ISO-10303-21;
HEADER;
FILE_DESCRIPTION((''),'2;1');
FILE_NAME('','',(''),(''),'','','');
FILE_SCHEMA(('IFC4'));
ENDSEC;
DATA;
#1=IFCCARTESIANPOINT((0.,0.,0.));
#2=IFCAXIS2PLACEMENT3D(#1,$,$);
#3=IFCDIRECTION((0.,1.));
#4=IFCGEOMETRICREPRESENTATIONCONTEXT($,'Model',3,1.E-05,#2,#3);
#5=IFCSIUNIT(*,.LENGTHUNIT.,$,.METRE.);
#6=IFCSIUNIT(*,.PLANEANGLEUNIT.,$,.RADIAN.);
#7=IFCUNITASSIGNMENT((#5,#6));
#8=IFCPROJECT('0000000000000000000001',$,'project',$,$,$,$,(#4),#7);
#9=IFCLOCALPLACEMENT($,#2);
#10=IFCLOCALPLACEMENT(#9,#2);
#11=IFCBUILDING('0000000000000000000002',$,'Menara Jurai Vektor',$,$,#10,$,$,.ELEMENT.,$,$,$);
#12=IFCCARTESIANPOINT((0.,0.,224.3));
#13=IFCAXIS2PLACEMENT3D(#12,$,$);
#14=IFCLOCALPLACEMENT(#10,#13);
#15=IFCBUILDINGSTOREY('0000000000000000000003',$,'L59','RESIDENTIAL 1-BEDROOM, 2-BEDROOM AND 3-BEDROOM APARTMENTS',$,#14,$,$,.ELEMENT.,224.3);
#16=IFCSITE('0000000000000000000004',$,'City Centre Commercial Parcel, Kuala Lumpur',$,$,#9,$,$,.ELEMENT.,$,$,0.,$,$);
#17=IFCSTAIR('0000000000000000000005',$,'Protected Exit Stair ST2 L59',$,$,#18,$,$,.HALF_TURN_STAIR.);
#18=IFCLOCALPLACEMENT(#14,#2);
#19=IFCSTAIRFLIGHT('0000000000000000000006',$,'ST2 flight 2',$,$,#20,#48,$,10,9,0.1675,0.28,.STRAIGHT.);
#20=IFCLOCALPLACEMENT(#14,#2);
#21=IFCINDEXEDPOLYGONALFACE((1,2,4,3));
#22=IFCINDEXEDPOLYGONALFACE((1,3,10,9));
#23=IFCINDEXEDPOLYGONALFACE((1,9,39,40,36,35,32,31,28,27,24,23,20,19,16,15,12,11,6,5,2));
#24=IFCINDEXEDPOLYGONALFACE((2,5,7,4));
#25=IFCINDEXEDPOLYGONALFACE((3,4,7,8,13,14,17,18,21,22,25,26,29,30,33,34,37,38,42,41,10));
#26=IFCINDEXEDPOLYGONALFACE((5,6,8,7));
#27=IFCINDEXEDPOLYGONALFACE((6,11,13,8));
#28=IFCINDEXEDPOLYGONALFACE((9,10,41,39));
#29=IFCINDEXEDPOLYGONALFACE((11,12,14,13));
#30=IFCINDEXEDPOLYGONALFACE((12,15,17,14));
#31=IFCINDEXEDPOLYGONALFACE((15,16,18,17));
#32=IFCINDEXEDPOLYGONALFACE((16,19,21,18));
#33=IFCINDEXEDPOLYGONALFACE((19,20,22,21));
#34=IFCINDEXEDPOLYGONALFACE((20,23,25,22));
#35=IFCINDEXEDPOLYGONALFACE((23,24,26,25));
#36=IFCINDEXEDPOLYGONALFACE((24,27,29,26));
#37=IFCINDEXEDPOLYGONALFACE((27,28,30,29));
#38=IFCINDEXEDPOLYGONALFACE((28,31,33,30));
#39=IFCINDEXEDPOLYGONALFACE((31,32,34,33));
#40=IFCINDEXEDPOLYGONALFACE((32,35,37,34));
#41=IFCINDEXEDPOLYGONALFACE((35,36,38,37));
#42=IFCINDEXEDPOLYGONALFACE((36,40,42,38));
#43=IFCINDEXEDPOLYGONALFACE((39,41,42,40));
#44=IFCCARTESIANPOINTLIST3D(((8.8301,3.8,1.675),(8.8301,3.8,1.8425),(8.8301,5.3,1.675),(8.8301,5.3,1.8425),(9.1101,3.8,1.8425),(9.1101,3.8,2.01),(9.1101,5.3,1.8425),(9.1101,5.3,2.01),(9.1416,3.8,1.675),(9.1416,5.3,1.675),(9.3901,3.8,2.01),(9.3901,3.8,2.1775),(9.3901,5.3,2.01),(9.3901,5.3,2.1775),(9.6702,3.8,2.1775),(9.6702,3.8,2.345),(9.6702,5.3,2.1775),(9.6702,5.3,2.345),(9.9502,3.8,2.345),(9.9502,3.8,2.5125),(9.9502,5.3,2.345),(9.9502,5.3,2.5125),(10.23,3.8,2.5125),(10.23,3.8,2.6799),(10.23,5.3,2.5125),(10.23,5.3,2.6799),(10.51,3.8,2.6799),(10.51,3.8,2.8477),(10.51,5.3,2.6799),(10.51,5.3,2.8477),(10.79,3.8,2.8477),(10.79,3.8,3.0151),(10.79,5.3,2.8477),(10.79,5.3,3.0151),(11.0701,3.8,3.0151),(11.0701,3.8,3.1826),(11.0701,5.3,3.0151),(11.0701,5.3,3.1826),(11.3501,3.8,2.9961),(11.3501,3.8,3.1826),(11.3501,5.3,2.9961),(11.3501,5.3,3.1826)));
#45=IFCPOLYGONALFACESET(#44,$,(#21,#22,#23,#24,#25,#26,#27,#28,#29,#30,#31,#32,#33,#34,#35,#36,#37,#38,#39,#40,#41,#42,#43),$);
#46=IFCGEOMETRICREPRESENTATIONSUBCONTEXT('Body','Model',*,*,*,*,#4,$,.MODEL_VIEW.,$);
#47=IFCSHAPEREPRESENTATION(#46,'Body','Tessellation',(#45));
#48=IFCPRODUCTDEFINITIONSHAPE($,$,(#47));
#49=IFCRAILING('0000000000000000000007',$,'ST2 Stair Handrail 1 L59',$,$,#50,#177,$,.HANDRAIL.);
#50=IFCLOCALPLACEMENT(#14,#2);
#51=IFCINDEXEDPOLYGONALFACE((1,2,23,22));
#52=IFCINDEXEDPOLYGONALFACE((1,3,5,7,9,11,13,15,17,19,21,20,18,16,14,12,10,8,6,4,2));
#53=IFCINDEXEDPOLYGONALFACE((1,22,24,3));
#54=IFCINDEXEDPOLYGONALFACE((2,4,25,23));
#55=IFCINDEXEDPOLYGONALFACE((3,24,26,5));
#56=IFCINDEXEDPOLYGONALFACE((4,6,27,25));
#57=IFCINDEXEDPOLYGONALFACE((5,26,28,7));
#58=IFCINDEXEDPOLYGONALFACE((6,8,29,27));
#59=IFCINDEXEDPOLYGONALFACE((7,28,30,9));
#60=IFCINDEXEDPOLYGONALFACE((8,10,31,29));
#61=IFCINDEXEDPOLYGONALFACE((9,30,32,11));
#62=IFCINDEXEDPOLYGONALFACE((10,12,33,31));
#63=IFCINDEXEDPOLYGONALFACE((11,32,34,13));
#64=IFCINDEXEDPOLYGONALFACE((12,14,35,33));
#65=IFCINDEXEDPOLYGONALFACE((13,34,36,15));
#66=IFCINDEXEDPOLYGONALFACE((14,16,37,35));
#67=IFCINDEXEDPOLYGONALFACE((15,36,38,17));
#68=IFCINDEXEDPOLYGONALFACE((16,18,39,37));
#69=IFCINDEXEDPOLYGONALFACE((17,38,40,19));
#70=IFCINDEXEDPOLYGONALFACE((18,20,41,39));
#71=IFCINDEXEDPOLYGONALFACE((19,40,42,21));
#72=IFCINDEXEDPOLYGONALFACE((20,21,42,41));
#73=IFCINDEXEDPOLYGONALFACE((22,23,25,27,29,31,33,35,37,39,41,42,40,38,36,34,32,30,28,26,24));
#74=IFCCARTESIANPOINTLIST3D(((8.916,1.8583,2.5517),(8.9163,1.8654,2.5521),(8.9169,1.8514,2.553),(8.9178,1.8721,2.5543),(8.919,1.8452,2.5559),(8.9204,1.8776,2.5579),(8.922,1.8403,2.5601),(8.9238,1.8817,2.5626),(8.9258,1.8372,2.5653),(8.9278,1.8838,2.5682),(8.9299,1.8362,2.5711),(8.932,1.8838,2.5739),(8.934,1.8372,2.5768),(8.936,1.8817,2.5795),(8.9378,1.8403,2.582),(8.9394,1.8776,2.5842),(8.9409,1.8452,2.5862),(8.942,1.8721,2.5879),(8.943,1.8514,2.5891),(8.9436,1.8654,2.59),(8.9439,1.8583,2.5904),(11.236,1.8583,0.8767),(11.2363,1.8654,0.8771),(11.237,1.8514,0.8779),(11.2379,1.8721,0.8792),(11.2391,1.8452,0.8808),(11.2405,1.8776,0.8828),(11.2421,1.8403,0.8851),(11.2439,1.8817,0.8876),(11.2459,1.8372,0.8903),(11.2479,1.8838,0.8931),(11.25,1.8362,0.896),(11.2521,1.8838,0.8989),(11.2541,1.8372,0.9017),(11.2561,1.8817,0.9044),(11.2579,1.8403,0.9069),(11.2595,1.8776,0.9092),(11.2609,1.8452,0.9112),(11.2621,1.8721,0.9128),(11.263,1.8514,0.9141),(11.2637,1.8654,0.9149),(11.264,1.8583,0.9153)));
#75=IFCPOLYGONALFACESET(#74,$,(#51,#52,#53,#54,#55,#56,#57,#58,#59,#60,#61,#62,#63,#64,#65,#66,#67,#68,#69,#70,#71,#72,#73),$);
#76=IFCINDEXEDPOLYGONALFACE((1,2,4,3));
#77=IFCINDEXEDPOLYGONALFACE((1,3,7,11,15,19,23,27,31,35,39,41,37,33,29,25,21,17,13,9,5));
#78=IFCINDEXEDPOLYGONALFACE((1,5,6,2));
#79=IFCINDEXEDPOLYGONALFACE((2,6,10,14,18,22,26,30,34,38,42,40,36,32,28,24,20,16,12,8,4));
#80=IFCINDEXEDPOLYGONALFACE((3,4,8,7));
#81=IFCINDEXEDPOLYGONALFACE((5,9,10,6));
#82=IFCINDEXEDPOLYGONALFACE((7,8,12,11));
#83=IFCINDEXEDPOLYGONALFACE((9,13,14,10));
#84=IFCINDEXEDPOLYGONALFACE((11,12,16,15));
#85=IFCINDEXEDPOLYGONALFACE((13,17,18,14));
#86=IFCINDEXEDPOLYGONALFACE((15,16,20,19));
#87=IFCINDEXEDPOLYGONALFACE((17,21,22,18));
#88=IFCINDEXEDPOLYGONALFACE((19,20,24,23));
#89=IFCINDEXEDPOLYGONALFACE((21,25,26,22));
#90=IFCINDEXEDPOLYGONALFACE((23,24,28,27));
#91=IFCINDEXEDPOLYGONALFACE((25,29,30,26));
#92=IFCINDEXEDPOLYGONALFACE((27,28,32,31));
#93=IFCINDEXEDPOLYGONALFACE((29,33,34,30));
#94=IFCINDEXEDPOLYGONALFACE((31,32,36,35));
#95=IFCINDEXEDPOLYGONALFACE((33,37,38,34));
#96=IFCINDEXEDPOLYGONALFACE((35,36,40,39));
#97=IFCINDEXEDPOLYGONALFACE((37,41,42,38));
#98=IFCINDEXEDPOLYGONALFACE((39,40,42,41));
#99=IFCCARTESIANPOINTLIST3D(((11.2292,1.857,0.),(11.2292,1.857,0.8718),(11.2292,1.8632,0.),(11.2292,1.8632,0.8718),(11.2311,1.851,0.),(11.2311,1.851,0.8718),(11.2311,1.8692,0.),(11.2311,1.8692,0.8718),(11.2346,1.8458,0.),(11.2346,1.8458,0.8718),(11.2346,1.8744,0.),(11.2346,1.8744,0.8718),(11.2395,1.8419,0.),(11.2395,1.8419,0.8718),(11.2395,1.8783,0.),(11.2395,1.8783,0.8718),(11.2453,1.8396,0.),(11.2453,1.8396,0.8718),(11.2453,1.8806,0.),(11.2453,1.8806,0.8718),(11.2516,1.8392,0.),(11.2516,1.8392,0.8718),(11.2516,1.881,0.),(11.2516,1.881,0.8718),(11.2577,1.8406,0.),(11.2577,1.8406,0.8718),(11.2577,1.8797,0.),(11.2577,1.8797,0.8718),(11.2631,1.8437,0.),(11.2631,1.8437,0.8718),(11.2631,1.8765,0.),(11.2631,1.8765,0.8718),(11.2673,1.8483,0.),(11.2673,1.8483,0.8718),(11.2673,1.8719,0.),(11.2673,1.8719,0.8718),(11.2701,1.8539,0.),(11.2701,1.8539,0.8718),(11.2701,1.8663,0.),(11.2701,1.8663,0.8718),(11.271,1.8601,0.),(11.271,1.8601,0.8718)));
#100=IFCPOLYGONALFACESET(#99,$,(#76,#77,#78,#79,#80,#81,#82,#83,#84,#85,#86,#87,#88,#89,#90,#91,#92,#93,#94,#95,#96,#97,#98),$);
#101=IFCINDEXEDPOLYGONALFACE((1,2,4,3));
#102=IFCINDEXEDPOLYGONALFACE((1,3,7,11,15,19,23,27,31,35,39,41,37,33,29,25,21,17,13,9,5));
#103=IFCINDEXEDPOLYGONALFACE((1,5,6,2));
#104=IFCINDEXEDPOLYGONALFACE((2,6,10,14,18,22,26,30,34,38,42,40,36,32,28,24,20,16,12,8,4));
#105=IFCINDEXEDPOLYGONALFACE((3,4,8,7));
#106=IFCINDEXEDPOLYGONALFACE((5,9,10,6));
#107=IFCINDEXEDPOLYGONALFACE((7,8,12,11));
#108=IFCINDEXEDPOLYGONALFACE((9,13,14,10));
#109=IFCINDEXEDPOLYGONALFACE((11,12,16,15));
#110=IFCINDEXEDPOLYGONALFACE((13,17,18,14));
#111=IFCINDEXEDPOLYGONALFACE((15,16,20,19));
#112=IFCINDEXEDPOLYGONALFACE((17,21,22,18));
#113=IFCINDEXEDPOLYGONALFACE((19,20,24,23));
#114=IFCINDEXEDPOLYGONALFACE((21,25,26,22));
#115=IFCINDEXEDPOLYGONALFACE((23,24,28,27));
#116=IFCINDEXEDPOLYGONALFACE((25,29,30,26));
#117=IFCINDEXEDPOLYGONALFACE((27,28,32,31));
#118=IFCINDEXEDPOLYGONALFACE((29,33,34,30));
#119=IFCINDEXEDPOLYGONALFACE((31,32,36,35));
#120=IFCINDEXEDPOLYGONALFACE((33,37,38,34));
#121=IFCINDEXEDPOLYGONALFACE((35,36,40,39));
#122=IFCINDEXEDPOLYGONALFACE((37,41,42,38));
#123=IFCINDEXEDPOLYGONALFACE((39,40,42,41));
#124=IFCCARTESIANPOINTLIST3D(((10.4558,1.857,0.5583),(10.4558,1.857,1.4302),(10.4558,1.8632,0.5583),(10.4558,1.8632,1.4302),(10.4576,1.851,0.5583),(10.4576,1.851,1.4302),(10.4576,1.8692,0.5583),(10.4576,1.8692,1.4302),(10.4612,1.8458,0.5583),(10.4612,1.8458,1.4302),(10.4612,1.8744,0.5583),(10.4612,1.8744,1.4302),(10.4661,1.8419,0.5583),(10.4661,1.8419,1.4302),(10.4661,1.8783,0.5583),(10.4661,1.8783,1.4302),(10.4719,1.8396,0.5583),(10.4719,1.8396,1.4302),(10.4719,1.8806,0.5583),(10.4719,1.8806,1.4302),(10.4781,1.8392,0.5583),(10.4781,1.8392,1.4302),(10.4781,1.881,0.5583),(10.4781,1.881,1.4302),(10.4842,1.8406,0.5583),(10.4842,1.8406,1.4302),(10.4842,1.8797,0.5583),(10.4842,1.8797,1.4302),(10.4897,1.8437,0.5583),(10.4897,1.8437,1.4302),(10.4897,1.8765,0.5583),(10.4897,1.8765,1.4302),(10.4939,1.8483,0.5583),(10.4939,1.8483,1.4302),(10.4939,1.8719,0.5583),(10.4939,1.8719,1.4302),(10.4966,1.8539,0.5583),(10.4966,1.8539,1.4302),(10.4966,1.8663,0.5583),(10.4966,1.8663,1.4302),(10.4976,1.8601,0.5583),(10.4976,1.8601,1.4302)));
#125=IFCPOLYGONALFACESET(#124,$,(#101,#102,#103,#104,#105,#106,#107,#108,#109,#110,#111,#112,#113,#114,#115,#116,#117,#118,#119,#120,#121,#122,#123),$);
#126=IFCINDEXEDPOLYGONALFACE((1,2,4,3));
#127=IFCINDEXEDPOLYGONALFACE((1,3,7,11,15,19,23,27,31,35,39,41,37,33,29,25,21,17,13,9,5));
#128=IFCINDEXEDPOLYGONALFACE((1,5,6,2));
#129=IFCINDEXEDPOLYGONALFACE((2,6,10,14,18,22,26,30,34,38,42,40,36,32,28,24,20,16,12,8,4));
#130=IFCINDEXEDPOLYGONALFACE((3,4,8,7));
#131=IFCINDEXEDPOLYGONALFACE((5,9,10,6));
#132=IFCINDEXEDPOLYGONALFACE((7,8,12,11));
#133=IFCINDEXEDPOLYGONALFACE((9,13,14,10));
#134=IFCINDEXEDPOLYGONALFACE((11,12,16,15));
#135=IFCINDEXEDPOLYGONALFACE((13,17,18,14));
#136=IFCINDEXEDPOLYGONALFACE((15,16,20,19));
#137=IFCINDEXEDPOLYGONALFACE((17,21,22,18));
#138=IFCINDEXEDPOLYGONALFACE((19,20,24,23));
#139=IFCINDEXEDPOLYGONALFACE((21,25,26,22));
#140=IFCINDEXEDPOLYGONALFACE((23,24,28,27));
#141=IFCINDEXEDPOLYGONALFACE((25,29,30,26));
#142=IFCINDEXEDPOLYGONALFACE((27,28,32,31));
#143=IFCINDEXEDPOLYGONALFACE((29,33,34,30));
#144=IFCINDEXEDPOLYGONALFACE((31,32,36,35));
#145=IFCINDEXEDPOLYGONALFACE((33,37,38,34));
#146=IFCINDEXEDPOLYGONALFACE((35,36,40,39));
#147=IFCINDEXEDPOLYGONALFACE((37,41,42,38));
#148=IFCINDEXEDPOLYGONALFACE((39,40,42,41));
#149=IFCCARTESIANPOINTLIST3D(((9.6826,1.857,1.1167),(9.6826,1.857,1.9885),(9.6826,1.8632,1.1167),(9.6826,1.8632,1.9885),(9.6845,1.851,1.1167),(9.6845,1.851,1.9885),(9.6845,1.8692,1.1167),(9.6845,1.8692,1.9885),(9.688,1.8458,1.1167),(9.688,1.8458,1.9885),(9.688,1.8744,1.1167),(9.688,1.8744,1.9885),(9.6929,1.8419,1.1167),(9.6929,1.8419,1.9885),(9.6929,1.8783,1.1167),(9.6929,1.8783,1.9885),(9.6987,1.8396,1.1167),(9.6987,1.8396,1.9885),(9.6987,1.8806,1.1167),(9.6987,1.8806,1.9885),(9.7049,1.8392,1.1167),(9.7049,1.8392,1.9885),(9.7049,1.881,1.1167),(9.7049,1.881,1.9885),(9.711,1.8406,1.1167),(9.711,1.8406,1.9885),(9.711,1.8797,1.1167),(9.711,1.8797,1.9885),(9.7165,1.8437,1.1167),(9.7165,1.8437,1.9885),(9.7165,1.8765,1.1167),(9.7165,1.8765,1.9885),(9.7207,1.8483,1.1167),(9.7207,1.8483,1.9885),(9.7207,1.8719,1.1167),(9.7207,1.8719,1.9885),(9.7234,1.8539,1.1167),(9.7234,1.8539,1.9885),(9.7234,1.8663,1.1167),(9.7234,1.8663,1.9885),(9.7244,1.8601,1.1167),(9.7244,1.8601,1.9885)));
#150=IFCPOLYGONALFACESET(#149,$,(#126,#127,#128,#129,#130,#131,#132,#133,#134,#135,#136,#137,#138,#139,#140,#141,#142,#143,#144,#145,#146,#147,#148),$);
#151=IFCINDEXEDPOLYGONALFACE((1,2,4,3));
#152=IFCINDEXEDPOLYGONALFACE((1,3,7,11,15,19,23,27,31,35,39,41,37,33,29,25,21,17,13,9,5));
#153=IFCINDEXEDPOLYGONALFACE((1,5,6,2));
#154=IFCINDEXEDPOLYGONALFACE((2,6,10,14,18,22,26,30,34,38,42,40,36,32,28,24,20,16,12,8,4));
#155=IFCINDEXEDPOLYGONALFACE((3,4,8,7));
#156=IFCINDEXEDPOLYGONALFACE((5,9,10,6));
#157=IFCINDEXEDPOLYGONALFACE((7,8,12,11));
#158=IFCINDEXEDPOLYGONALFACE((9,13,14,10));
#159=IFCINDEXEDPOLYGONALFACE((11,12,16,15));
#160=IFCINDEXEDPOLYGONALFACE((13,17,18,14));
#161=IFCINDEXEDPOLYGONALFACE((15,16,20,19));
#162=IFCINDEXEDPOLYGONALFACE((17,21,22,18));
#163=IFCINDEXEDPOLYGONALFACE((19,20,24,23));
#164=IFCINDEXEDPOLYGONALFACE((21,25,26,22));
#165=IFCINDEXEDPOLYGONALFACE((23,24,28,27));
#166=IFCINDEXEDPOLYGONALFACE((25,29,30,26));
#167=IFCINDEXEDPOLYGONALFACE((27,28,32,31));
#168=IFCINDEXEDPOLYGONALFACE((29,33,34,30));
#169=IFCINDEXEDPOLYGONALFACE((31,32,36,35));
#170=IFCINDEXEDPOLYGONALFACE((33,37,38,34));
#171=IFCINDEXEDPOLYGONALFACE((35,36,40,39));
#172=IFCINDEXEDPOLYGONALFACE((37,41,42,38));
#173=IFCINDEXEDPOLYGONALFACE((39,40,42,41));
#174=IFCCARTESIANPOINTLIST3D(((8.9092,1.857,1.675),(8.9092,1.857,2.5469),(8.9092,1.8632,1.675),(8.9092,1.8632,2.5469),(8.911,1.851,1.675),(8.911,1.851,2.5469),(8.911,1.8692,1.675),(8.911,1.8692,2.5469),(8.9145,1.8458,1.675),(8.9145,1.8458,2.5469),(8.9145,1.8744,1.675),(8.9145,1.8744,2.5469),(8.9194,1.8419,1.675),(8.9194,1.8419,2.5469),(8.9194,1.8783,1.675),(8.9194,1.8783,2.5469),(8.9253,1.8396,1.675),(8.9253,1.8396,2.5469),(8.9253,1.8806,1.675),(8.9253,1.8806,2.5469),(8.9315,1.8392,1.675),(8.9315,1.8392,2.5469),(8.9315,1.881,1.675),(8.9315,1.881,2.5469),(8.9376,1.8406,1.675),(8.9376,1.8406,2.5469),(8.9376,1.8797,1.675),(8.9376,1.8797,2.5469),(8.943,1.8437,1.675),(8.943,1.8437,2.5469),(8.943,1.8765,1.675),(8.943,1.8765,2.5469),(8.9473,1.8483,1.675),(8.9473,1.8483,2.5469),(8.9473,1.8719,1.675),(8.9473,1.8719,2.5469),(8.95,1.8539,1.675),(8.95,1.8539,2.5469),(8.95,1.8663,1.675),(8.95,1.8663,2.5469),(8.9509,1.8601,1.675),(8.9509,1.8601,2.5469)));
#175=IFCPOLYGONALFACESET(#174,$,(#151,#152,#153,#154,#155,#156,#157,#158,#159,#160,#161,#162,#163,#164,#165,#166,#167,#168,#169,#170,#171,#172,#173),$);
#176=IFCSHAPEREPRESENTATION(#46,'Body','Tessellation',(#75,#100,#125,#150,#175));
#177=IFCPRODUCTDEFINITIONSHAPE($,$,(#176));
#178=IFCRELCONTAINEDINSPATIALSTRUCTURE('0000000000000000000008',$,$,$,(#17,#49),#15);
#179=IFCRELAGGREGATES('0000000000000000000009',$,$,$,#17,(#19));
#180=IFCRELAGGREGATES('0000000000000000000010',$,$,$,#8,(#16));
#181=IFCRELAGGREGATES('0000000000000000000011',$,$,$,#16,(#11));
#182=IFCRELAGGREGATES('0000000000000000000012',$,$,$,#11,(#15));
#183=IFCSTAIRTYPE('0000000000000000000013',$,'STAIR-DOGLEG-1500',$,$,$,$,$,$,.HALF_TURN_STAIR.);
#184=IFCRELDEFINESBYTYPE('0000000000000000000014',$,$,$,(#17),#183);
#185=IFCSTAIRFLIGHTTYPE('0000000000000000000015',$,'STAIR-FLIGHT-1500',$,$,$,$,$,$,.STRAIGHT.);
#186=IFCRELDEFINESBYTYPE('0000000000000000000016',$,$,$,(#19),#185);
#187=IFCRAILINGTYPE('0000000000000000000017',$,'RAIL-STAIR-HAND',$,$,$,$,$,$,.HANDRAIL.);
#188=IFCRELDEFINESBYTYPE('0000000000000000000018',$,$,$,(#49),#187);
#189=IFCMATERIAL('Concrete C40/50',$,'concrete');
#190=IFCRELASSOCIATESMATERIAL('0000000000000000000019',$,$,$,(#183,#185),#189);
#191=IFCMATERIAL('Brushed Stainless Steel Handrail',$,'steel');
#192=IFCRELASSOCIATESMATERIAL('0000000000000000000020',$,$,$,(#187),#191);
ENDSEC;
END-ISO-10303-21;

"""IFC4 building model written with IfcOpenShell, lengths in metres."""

from ifc_helpers import new_model, si_unit, direction, frame, origin, origin_2d, place, context, subcontext, project, spatial, polyline, circle, outline, extrude, material, type_object, element, aggregate, save


model = new_model("IFC4")

# Units and contexts
model_context = context("Model", 3, precision=1e-05, world=origin(), true_north=direction((0.0, 1.0)))
body_context = subcontext(model_context, "Body", "Model", "MODEL_VIEW")
ifc_project = project(units=[si_unit("LENGTHUNIT", "METRE"), si_unit("PLANEANGLEUNIT", "RADIAN")], contexts=[model_context])

# Site, building, storey
site_placement = place(None, origin())
site = spatial("IfcSite", under=ifc_project, at=site_placement, Name="City Centre Commercial Parcel, Kuala Lumpur", CompositionType="ELEMENT", RefElevation=0.0)
building_placement = place(site_placement, origin())
building = spatial("IfcBuilding", under=site, at=building_placement, Name="Menara Jurai Vektor", CompositionType="ELEMENT")
storey_placement = place(building_placement, frame((0.0, 0.0, 224.3)))
storey = spatial("IfcBuildingStorey", under=building, at=storey_placement, Name="L59", Description="RESIDENTIAL 1-BEDROOM, 2-BEDROOM AND 3-BEDROOM APARTMENTS", CompositionType="ELEMENT", Elevation=224.3)

# Shared definitions
ifc_material_1 = material(Name="Concrete C40/50", Category="concrete")

# Stair, stair flight
stair_type = type_object("IfcStairType", Name="STAIR-DOGLEG-1500", PredefinedType="HALF_TURN_STAIR", material=ifc_material_1)
stair_placement = place(storey_placement, origin())
stair = element("IfcStair", 1, at=stair_placement, inside=storey, type_object=stair_type, Name="Protected Exit Stair ST2 L59", PredefinedType="HALF_TURN_STAIR")
stair_flight_type = type_object("IfcStairFlightType", Name="STAIR-FLIGHT-1500", PredefinedType="STRAIGHT", material=ifc_material_1)
stair_flight_1_placement = place(storey_placement, frame((8.8301, 4.55, 1.675), z_axis=(0.0, 0.0, 1.0), x_axis=(1.0, 0.0, 0.0)))
stair_flight_1 = element("IfcStairFlight", 2, at=stair_flight_1_placement, type_object=stair_flight_type, Name="ST2 flight 2", NumberOfRisers=10, NumberOfTreads=9, PredefinedType="STRAIGHT", RiserHeight=0.1675, TreadLength=0.28, context=body_context, shape_type="SweptSolid", body=[
    extrude(outline(polyline([(0.0, 0.0), (0.0, 0.1675), (0.28, 0.1675), (0.28, 0.335), (0.5601, 0.335), (0.5601, 0.5024), (0.8401, 0.5024), (0.8401, 0.6699), (1.1201, 0.6699), (1.1201, 0.8374), (1.3999, 0.8374), (1.3999, 1.0049), (1.6799, 1.0049), (1.6799, 1.1726), (1.96, 1.1726), (1.96, 1.3401), (2.24, 1.3401), (2.24, 1.5076), (2.52, 1.5076), (2.52, 1.675), (2.52, 1.321), (0.3115, 0.0), (0.0, 0.0)])), frame((0.0, 0.75, 0.0), z_axis=(0.0, -1.0, 0.0), x_axis=(1.0, 0.0, 0.0)), (0.0, 0.0, 1.0), 1.5),
])
aggregate(stair, [stair_flight_1])

# Railing
ifc_material_2 = material(Name="Brushed Stainless Steel Handrail", Category="steel")
railing_type_1 = type_object("IfcRailingType", Name="RAIL-STAIR-HAND", PredefinedType="HANDRAIL", material=ifc_material_2)
railing_1_placement = place(storey_placement, frame((11.25, 1.8601, 0.0)))
element("IfcRailing", 3, at=railing_1_placement, inside=storey, type_object=railing_type_1, Name="ST2 Stair Handrail 1 L59", PredefinedType="HANDRAIL", context=body_context, shape_type="SweptSolid", body=[
    extrude(circle(Radius=0.0239, at=origin_2d()), frame((0.0, 0.0, 0.896), z_axis=(-0.810771, 0.0, 0.585363), x_axis=(0.0, -1.0, 0.0)), (0.0, 0.0, 1.0), 2.8616),
    extrude(circle(Radius=0.021, at=origin_2d()), origin(), (0.0, 0.0, 1.0), 0.8718),
    extrude(circle(Radius=0.021, at=origin_2d()), frame((-0.7734, 0.0, 0.5583)), (0.0, 0.0, 1.0), 0.8718),
    extrude(circle(Radius=0.021, at=origin_2d()), frame((-1.5466, 0.0, 1.1167)), (0.0, 0.0, 1.0), 0.8718),
    extrude(circle(Radius=0.021, at=origin_2d()), frame((-2.3201, 0.0, 1.675)), (0.0, 0.0, 1.0), 0.8718),
])

save(model, "model.ifc")
